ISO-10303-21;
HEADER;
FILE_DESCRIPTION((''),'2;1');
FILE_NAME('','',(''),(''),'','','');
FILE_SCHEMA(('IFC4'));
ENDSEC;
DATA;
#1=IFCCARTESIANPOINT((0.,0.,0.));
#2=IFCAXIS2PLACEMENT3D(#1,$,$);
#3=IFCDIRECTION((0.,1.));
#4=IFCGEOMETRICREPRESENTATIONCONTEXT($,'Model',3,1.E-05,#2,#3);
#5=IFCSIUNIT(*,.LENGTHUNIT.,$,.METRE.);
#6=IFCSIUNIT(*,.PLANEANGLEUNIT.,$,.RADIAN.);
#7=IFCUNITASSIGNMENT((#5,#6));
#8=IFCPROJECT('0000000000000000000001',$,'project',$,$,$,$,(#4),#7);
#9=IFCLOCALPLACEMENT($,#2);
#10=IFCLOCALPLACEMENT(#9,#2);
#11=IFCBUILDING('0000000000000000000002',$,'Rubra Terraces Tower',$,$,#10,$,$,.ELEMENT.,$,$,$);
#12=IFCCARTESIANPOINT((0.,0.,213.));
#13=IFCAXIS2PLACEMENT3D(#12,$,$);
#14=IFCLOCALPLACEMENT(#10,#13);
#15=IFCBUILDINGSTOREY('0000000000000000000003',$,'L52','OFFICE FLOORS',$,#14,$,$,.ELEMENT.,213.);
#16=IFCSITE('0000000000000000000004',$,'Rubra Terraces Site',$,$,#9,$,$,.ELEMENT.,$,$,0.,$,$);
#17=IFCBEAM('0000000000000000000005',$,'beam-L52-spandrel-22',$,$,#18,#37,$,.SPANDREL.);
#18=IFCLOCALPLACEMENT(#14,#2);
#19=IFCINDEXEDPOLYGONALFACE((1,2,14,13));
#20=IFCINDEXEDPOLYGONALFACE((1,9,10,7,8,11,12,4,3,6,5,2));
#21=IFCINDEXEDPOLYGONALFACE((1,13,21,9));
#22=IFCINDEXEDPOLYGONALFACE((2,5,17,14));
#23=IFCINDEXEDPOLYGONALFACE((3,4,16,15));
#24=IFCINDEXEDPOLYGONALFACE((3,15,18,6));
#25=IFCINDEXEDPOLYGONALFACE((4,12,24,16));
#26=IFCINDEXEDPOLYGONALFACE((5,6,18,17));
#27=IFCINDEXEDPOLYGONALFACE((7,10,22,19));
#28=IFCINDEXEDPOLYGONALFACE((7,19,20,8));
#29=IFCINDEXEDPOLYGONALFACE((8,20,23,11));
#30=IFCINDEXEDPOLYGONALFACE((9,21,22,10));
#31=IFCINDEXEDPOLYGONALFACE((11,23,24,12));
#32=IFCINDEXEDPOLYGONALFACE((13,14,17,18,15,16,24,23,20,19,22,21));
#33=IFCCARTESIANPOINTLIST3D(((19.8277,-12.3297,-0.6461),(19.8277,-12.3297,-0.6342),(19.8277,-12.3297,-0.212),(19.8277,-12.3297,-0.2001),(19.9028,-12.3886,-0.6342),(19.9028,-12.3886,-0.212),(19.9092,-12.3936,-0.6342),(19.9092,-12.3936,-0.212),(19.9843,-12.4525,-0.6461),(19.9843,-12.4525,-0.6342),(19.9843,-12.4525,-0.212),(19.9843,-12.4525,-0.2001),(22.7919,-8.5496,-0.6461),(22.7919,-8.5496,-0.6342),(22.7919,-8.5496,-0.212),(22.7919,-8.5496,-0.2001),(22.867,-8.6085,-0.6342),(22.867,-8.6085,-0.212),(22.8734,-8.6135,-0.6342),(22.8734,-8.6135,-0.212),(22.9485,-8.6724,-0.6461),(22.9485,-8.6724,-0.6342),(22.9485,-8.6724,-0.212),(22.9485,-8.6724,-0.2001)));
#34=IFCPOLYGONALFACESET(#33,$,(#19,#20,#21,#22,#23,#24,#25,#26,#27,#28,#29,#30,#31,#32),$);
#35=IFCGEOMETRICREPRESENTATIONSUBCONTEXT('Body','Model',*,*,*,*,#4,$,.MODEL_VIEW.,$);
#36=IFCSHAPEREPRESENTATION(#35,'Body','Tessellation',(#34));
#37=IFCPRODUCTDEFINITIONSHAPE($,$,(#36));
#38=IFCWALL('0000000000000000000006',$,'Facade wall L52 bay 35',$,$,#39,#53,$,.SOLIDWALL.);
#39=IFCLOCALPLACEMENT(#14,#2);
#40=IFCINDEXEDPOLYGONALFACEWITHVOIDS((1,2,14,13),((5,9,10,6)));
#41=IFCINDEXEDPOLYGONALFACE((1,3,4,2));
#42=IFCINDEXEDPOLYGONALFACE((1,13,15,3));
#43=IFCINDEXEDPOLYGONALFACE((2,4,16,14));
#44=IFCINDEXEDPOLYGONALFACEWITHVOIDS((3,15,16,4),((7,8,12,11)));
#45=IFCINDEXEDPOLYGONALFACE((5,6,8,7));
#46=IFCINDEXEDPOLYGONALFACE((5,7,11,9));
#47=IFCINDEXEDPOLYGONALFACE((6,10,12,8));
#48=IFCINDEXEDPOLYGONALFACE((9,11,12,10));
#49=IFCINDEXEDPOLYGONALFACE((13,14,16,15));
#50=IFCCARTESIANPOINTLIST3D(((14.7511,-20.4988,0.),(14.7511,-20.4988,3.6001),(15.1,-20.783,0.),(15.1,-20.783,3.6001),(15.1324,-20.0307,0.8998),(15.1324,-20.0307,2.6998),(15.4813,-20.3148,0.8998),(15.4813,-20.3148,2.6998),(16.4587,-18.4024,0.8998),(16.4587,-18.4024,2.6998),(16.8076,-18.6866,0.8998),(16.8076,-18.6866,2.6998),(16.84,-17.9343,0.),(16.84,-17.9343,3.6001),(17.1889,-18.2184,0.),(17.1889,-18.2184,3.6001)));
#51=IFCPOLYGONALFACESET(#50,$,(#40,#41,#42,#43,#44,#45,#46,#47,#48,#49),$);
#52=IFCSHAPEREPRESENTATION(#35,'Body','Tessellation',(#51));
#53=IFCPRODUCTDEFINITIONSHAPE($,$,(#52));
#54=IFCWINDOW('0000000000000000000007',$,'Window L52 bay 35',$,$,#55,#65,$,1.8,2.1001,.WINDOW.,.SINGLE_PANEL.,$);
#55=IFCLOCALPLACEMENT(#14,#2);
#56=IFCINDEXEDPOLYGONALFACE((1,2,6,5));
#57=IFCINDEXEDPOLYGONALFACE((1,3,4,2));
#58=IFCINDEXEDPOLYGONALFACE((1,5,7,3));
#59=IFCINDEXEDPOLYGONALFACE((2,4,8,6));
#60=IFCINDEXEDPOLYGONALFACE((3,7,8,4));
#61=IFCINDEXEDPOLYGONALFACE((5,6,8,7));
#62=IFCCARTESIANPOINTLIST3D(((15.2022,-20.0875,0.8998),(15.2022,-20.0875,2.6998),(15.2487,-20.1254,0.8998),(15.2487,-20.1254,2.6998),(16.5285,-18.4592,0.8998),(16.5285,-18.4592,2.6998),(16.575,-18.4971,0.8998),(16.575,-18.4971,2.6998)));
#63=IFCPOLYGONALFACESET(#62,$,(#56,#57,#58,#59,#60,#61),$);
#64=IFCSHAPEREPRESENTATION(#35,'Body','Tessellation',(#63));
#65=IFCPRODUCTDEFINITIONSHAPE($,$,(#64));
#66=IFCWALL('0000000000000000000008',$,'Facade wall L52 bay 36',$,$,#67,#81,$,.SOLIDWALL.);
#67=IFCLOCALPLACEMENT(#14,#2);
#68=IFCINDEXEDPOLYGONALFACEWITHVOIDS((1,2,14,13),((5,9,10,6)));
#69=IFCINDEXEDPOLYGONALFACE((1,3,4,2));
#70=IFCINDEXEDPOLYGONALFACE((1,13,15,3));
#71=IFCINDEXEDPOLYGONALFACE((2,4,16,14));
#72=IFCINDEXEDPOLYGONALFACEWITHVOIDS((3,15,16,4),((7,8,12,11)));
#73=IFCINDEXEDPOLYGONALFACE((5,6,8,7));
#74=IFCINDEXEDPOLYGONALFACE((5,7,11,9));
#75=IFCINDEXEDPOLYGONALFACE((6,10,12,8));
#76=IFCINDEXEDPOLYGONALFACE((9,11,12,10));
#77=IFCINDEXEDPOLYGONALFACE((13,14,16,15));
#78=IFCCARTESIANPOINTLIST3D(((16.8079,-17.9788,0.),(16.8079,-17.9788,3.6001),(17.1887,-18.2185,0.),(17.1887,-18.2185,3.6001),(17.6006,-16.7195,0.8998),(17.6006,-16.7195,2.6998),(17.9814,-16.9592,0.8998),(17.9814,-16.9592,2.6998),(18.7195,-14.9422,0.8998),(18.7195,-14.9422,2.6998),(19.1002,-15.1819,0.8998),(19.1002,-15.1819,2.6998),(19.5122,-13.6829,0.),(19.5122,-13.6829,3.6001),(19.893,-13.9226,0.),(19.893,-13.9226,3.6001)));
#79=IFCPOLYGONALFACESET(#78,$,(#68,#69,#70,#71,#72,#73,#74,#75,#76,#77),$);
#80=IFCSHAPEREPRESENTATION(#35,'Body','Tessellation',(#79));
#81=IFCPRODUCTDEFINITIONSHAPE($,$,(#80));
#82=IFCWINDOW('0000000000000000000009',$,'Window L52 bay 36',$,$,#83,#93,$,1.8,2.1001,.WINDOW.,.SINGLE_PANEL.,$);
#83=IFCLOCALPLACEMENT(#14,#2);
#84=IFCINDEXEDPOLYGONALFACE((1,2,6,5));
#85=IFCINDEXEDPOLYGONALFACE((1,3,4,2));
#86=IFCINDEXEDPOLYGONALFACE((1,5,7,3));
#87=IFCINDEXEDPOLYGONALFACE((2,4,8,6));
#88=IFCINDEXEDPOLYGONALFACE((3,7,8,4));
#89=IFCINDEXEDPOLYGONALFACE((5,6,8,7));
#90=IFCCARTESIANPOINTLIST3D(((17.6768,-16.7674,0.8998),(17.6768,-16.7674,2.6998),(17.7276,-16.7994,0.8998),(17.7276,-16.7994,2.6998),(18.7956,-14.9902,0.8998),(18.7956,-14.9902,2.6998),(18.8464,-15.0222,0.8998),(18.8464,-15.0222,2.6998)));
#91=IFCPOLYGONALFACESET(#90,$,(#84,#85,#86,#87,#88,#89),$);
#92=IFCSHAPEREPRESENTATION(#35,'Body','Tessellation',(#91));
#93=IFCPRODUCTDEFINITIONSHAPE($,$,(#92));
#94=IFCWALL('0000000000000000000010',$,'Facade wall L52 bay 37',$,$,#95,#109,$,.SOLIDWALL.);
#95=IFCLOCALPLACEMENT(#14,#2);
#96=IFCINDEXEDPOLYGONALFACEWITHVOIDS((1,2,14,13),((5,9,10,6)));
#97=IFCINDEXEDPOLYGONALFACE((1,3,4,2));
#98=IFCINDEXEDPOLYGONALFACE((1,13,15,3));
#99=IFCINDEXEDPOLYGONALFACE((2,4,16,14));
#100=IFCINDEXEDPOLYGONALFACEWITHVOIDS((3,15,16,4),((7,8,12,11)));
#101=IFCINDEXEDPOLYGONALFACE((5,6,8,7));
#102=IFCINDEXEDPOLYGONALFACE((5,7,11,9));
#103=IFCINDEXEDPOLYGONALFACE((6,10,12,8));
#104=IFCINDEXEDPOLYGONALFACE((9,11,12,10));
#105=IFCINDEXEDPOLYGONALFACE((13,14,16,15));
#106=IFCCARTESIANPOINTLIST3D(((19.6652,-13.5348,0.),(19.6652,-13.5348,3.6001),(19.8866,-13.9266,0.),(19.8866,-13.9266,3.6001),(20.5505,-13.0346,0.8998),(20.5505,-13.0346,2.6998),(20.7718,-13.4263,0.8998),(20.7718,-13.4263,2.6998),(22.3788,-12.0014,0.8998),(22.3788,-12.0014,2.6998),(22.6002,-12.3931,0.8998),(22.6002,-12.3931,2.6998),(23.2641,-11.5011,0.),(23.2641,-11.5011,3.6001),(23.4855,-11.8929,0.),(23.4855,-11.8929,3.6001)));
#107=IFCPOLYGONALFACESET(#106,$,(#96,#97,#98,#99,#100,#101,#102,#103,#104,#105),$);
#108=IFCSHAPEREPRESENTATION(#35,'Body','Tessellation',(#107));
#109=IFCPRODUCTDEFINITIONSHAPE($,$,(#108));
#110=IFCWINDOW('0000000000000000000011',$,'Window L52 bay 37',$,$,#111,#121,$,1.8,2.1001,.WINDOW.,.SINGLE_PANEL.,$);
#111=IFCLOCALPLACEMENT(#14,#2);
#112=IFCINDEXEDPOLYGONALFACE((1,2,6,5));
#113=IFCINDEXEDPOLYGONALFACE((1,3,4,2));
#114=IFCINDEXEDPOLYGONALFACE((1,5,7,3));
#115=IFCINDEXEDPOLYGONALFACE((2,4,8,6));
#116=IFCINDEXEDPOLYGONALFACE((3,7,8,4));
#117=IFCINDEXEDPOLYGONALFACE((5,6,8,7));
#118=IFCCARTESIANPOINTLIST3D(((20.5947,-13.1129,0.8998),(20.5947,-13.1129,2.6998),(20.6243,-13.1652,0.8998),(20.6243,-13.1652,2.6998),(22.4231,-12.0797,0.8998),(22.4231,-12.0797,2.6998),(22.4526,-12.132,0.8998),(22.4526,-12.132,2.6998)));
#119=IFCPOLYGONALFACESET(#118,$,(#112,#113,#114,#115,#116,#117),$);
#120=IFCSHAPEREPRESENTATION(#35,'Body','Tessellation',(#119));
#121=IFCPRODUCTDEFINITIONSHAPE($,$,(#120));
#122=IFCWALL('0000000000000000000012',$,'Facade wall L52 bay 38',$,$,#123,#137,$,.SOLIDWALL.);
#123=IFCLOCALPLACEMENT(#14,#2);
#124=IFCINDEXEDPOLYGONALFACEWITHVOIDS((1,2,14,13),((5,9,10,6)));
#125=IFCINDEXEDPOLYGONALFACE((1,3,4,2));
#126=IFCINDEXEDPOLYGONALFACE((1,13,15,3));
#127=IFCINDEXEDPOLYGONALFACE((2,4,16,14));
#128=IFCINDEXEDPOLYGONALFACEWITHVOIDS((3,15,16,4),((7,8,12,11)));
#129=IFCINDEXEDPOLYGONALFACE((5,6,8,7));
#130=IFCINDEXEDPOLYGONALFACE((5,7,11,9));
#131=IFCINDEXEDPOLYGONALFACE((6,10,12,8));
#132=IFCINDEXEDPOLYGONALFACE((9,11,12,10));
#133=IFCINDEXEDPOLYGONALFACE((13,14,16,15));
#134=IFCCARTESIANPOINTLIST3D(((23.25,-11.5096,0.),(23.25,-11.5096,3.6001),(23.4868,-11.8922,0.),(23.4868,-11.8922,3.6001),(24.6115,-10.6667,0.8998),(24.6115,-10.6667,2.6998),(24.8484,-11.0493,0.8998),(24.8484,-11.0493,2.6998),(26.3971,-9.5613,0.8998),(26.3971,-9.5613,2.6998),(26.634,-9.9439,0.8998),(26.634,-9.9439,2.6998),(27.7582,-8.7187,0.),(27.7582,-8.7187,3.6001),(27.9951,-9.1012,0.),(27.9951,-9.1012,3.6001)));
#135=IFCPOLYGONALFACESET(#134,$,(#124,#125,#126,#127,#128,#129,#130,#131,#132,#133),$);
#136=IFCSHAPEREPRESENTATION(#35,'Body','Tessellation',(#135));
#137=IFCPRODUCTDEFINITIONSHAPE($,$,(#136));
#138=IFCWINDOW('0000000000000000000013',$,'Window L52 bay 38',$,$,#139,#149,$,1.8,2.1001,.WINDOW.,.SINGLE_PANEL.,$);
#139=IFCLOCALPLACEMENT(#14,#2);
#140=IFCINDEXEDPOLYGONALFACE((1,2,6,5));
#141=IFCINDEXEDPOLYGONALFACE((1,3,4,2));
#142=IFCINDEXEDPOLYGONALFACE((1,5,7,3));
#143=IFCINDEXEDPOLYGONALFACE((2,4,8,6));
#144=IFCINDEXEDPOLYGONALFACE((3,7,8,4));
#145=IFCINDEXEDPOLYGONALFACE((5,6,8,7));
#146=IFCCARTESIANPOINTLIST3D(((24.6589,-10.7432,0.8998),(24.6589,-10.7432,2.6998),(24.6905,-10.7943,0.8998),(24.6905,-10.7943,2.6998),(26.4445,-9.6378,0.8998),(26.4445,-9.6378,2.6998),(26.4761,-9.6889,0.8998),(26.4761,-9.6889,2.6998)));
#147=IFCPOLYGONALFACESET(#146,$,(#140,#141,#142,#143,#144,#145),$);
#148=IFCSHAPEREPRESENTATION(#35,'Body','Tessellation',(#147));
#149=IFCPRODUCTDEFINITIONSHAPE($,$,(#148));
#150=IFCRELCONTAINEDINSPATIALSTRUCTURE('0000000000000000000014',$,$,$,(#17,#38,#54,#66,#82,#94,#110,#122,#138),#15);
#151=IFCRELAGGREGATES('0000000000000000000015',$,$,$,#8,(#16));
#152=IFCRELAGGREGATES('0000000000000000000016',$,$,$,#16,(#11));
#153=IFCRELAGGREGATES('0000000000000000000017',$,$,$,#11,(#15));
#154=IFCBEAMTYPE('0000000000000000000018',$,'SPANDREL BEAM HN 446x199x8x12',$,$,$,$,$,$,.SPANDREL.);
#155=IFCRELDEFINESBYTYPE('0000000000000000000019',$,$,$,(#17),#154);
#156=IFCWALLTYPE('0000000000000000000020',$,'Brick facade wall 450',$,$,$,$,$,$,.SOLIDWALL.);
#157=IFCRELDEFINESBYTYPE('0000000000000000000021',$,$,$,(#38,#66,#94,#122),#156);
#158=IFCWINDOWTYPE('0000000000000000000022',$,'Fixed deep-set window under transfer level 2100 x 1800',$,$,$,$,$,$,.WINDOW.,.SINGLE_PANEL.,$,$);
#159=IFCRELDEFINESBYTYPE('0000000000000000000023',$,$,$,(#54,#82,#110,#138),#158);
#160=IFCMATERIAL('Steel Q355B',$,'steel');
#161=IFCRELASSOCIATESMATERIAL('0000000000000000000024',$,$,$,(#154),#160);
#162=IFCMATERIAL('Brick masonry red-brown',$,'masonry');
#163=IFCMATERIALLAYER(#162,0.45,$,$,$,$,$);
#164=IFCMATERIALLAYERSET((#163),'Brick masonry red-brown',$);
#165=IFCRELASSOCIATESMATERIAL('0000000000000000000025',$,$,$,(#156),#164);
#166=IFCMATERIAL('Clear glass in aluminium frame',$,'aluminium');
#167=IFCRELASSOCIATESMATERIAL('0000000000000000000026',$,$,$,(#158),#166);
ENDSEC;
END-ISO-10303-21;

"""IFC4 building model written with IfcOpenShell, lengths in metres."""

from ifc_helpers import new_model, si_unit, direction, frame, frame_2d, origin, origin_2d, place, context, subcontext, project, spatial, rectangle, i_section, extrude, material, layer, layer_set, material_profile, profile_set, type_object, element, fill, save


model = new_model("IFC4")

# Units and contexts
model_context = context("Model", 3, precision=1e-05, world=origin(), true_north=direction((0.0, 1.0)))
body_context = subcontext(model_context, "Body", "Model", "MODEL_VIEW")
ifc_project = project(units=[si_unit("LENGTHUNIT", "METRE"), si_unit("PLANEANGLEUNIT", "RADIAN")], contexts=[model_context])

# Site, building, storey
site_placement = place(None, origin())
site = spatial("IfcSite", under=ifc_project, at=site_placement, Name="Rubra Terraces Site", CompositionType="ELEMENT", RefElevation=0.0)
building_placement = place(site_placement, origin())
building = spatial("IfcBuilding", under=site, at=building_placement, Name="Rubra Terraces Tower", CompositionType="ELEMENT")
storey_placement = place(building_placement, frame((0.0, 0.0, 213.0)))
storey = spatial("IfcBuildingStorey", under=building, at=storey_placement, Name="L52", Description="OFFICE FLOORS", CompositionType="ELEMENT", Elevation=213.0)

# Beam
ifc_material_1 = material(Name="Steel Q355B", Category="steel")
ifc_material_profile_1 = material_profile(ifc_material_1, i_section(OverallWidth=0.199, OverallDepth=0.446, WebThickness=0.0081, FlangeThickness=0.012, at=origin_2d()), Name="HN 446x199x8x12")
ifc_profile_set_1 = profile_set([ifc_material_profile_1], Name="Steel Q355B")
beam_type_1 = type_object("IfcBeamType", Name="SPANDREL BEAM HN 446x199x8x12", PredefinedType="SPANDREL", material=ifc_profile_set_1)
beam_1_placement = place(storey_placement, frame((19.906, -12.3911, -0.4231), z_axis=(0.61706, 0.786916, 0.0), x_axis=(-0.786916, 0.61706, 0.0)))
element("IfcBeam", 1, at=beam_1_placement, inside=storey, type_object=beam_type_1, Name="beam-L52-spandrel-22", PredefinedType="SPANDREL", context=body_context, shape_type="SweptSolid", body=[
    extrude(i_section(OverallWidth=0.199, OverallDepth=0.446, WebThickness=0.0081, FlangeThickness=0.012, at=origin_2d()), origin(), (0.0, 0.0, 1.0), 4.8037),
])

# Walls, openings, windows
ifc_material_2 = material(Name="Brick masonry red-brown", Category="masonry")
ifc_layer_1 = layer(ifc_material_2, 0.45)
ifc_layer_set_1 = layer_set([ifc_layer_1], Name="Brick masonry red-brown")
wall_type_1 = type_object("IfcWallType", Name="Brick facade wall 450", PredefinedType="SOLIDWALL", material=ifc_layer_set_1)
wall_1_placement = place(storey_placement, frame((14.9255, -20.6409, 0.0), z_axis=(0.0, 0.0, 1.0), x_axis=(0.631548, 0.775337, 0.0)))
wall_1 = element("IfcWall", 2, at=wall_1_placement, inside=storey, type_object=wall_type_1, Name="Facade wall L52 bay 35", PredefinedType="SOLIDWALL", context=body_context, shape_type="SweptSolid", body=[
    extrude(rectangle(XDim=3.3076, YDim=0.45, at=frame_2d((1.6538, 0.0))), origin(), (0.0, 0.0, 1.0), 3.6001),
])
opening_1_placement = place(wall_1_placement, frame((0.6038, 0.0, 0.8999)))
opening_1 = element("IfcOpeningElement", 3, at=opening_1_placement, cuts=wall_1, PredefinedType="OPENING", context=body_context, shape_type="SweptSolid", body=[
    extrude(rectangle(XDim=2.1001, YDim=1.8, at=frame_2d((1.05, 0.8999))), frame((0.0, 0.2349, 0.0), z_axis=(0.0, -1.0, 0.0), x_axis=(1.0, 0.0, 0.0)), (0.0, 0.0, 1.0), 0.47),
])
ifc_material_3 = material(Name="Clear glass in aluminium frame", Category="aluminium")
window_type = type_object("IfcWindowType", Name="Fixed deep-set window under transfer level 2100 x 1800", PartitioningType="SINGLE_PANEL", PredefinedType="WINDOW", material=ifc_material_3)
window_1_placement = place(opening_1_placement, origin())
window_1 = element("IfcWindow", 4, at=window_1_placement, inside=storey, type_object=window_type, Name="Window L52 bay 35", OverallHeight=1.8, OverallWidth=2.1001, PartitioningType="SINGLE_PANEL", PredefinedType="WINDOW", context=body_context, shape_type="SweptSolid", body=[
    extrude(rectangle(XDim=2.1001, YDim=1.8, at=frame_2d((1.05, 0.8999))), frame((0.0, 0.135, 0.0), z_axis=(0.0, -1.0, 0.0), x_axis=(1.0, 0.0, 0.0)), (0.0, 0.0, 1.0), 0.0601),
])
fill(opening_1, window_1)
wall_2_placement = place(storey_placement, frame((16.9983, -18.0986, 0.0), z_axis=(0.0, 0.0, 1.0), x_axis=(0.532746, 0.846275, 0.0)))
wall_2 = element("IfcWall", 5, at=wall_2_placement, inside=storey, type_object=wall_type_1, Name="Facade wall L52 bay 36", PredefinedType="SOLIDWALL", context=body_context, shape_type="SweptSolid", body=[
    extrude(rectangle(XDim=5.0762, YDim=0.45, at=frame_2d((2.5381, 0.0))), origin(), (0.0, 0.0, 1.0), 3.6001),
])
opening_2_placement = place(wall_2_placement, frame((1.488, 0.0, 0.8999)))
opening_2 = element("IfcOpeningElement", 6, at=opening_2_placement, cuts=wall_2, PredefinedType="OPENING", context=body_context, shape_type="SweptSolid", body=[
    extrude(rectangle(XDim=2.1001, YDim=1.8, at=frame_2d((1.05, 0.8999))), frame((0.0, 0.2349, 0.0), z_axis=(0.0, -1.0, 0.0), x_axis=(1.0, 0.0, 0.0)), (0.0, 0.0, 1.0), 0.47),
])
window_2_placement = place(opening_2_placement, origin())
window_2 = element("IfcWindow", 7, at=window_2_placement, inside=storey, type_object=window_type, Name="Window L52 bay 36", OverallHeight=1.8, OverallWidth=2.1001, PartitioningType="SINGLE_PANEL", PredefinedType="WINDOW", context=body_context, shape_type="SweptSolid", body=[
    extrude(rectangle(XDim=2.1001, YDim=1.8, at=frame_2d((1.05, 0.8999))), frame((0.0, 0.135, 0.0), z_axis=(0.0, -1.0, 0.0), x_axis=(1.0, 0.0, 0.0)), (0.0, 0.0, 1.0), 0.0601),
])
fill(opening_2, window_2)
wall_3_placement = place(storey_placement, frame((19.7759, -13.7307, 0.0), z_axis=(0.0, 0.0, 1.0), x_axis=(0.87061, 0.491974, 0.0)))
wall_3 = element("IfcWall", 8, at=wall_3_placement, inside=storey, type_object=wall_type_1, Name="Facade wall L52 bay 37", PredefinedType="SOLIDWALL", context=body_context, shape_type="SweptSolid", body=[
    extrude(rectangle(XDim=4.1338, YDim=0.45, at=frame_2d((2.0669, 0.0))), origin(), (0.0, 0.0, 1.0), 3.6001),
])
opening_3_placement = place(wall_3_placement, frame((1.0168, 0.0, 0.8999)))
opening_3 = element("IfcOpeningElement", 9, at=opening_3_placement, cuts=wall_3, PredefinedType="OPENING", context=body_context, shape_type="SweptSolid", body=[
    extrude(rectangle(XDim=2.1001, YDim=1.8, at=frame_2d((1.05, 0.8999))), frame((0.0, 0.2349, 0.0), z_axis=(0.0, -1.0, 0.0), x_axis=(1.0, 0.0, 0.0)), (0.0, 0.0, 1.0), 0.47),
])
window_3_placement = place(opening_3_placement, origin())
window_3 = element("IfcWindow", 10, at=window_3_placement, inside=storey, type_object=window_type, Name="Window L52 bay 37", OverallHeight=1.8, OverallWidth=2.1001, PartitioningType="SINGLE_PANEL", PredefinedType="WINDOW", context=body_context, shape_type="SweptSolid", body=[
    extrude(rectangle(XDim=2.1001, YDim=1.8, at=frame_2d((1.05, 0.8999))), frame((0.0, 0.135, 0.0), z_axis=(0.0, -1.0, 0.0), x_axis=(1.0, 0.0, 0.0)), (0.0, 0.0, 1.0), 0.0601),
])
fill(opening_3, window_3)
wall_4_placement = place(storey_placement, frame((23.3684, -11.7009, 0.0), z_axis=(0.0, 0.0, 1.0), x_axis=(0.850251, 0.526377, 0.0)))
wall_4 = element("IfcWall", 11, at=wall_4_placement, inside=storey, type_object=wall_type_1, Name="Facade wall L52 bay 38", PredefinedType="SOLIDWALL", context=body_context, shape_type="SweptSolid", body=[
    extrude(rectangle(XDim=5.3022, YDim=0.45, at=frame_2d((2.6511, 0.0))), origin(), (0.0, 0.0, 1.0), 3.6001),
])
opening_4_placement = place(wall_4_placement, frame((1.6013, 0.0, 0.8999)))
opening_4 = element("IfcOpeningElement", 12, at=opening_4_placement, cuts=wall_4, PredefinedType="OPENING", context=body_context, shape_type="SweptSolid", body=[
    extrude(rectangle(XDim=2.1001, YDim=1.8, at=frame_2d((1.05, 0.8999))), frame((0.0, 0.2349, 0.0), z_axis=(0.0, -1.0, 0.0), x_axis=(1.0, 0.0, 0.0)), (0.0, 0.0, 1.0), 0.47),
])
window_4_placement = place(opening_4_placement, origin())
window_4 = element("IfcWindow", 13, at=window_4_placement, inside=storey, type_object=window_type, Name="Window L52 bay 38", OverallHeight=1.8, OverallWidth=2.1001, PartitioningType="SINGLE_PANEL", PredefinedType="WINDOW", context=body_context, shape_type="SweptSolid", body=[
    extrude(rectangle(XDim=2.1001, YDim=1.8, at=frame_2d((1.05, 0.8999))), frame((0.0, 0.135, 0.0), z_axis=(0.0, -1.0, 0.0), x_axis=(1.0, 0.0, 0.0)), (0.0, 0.0, 1.0), 0.0601),
])
fill(opening_4, window_4)

save(model, "model.ifc")
